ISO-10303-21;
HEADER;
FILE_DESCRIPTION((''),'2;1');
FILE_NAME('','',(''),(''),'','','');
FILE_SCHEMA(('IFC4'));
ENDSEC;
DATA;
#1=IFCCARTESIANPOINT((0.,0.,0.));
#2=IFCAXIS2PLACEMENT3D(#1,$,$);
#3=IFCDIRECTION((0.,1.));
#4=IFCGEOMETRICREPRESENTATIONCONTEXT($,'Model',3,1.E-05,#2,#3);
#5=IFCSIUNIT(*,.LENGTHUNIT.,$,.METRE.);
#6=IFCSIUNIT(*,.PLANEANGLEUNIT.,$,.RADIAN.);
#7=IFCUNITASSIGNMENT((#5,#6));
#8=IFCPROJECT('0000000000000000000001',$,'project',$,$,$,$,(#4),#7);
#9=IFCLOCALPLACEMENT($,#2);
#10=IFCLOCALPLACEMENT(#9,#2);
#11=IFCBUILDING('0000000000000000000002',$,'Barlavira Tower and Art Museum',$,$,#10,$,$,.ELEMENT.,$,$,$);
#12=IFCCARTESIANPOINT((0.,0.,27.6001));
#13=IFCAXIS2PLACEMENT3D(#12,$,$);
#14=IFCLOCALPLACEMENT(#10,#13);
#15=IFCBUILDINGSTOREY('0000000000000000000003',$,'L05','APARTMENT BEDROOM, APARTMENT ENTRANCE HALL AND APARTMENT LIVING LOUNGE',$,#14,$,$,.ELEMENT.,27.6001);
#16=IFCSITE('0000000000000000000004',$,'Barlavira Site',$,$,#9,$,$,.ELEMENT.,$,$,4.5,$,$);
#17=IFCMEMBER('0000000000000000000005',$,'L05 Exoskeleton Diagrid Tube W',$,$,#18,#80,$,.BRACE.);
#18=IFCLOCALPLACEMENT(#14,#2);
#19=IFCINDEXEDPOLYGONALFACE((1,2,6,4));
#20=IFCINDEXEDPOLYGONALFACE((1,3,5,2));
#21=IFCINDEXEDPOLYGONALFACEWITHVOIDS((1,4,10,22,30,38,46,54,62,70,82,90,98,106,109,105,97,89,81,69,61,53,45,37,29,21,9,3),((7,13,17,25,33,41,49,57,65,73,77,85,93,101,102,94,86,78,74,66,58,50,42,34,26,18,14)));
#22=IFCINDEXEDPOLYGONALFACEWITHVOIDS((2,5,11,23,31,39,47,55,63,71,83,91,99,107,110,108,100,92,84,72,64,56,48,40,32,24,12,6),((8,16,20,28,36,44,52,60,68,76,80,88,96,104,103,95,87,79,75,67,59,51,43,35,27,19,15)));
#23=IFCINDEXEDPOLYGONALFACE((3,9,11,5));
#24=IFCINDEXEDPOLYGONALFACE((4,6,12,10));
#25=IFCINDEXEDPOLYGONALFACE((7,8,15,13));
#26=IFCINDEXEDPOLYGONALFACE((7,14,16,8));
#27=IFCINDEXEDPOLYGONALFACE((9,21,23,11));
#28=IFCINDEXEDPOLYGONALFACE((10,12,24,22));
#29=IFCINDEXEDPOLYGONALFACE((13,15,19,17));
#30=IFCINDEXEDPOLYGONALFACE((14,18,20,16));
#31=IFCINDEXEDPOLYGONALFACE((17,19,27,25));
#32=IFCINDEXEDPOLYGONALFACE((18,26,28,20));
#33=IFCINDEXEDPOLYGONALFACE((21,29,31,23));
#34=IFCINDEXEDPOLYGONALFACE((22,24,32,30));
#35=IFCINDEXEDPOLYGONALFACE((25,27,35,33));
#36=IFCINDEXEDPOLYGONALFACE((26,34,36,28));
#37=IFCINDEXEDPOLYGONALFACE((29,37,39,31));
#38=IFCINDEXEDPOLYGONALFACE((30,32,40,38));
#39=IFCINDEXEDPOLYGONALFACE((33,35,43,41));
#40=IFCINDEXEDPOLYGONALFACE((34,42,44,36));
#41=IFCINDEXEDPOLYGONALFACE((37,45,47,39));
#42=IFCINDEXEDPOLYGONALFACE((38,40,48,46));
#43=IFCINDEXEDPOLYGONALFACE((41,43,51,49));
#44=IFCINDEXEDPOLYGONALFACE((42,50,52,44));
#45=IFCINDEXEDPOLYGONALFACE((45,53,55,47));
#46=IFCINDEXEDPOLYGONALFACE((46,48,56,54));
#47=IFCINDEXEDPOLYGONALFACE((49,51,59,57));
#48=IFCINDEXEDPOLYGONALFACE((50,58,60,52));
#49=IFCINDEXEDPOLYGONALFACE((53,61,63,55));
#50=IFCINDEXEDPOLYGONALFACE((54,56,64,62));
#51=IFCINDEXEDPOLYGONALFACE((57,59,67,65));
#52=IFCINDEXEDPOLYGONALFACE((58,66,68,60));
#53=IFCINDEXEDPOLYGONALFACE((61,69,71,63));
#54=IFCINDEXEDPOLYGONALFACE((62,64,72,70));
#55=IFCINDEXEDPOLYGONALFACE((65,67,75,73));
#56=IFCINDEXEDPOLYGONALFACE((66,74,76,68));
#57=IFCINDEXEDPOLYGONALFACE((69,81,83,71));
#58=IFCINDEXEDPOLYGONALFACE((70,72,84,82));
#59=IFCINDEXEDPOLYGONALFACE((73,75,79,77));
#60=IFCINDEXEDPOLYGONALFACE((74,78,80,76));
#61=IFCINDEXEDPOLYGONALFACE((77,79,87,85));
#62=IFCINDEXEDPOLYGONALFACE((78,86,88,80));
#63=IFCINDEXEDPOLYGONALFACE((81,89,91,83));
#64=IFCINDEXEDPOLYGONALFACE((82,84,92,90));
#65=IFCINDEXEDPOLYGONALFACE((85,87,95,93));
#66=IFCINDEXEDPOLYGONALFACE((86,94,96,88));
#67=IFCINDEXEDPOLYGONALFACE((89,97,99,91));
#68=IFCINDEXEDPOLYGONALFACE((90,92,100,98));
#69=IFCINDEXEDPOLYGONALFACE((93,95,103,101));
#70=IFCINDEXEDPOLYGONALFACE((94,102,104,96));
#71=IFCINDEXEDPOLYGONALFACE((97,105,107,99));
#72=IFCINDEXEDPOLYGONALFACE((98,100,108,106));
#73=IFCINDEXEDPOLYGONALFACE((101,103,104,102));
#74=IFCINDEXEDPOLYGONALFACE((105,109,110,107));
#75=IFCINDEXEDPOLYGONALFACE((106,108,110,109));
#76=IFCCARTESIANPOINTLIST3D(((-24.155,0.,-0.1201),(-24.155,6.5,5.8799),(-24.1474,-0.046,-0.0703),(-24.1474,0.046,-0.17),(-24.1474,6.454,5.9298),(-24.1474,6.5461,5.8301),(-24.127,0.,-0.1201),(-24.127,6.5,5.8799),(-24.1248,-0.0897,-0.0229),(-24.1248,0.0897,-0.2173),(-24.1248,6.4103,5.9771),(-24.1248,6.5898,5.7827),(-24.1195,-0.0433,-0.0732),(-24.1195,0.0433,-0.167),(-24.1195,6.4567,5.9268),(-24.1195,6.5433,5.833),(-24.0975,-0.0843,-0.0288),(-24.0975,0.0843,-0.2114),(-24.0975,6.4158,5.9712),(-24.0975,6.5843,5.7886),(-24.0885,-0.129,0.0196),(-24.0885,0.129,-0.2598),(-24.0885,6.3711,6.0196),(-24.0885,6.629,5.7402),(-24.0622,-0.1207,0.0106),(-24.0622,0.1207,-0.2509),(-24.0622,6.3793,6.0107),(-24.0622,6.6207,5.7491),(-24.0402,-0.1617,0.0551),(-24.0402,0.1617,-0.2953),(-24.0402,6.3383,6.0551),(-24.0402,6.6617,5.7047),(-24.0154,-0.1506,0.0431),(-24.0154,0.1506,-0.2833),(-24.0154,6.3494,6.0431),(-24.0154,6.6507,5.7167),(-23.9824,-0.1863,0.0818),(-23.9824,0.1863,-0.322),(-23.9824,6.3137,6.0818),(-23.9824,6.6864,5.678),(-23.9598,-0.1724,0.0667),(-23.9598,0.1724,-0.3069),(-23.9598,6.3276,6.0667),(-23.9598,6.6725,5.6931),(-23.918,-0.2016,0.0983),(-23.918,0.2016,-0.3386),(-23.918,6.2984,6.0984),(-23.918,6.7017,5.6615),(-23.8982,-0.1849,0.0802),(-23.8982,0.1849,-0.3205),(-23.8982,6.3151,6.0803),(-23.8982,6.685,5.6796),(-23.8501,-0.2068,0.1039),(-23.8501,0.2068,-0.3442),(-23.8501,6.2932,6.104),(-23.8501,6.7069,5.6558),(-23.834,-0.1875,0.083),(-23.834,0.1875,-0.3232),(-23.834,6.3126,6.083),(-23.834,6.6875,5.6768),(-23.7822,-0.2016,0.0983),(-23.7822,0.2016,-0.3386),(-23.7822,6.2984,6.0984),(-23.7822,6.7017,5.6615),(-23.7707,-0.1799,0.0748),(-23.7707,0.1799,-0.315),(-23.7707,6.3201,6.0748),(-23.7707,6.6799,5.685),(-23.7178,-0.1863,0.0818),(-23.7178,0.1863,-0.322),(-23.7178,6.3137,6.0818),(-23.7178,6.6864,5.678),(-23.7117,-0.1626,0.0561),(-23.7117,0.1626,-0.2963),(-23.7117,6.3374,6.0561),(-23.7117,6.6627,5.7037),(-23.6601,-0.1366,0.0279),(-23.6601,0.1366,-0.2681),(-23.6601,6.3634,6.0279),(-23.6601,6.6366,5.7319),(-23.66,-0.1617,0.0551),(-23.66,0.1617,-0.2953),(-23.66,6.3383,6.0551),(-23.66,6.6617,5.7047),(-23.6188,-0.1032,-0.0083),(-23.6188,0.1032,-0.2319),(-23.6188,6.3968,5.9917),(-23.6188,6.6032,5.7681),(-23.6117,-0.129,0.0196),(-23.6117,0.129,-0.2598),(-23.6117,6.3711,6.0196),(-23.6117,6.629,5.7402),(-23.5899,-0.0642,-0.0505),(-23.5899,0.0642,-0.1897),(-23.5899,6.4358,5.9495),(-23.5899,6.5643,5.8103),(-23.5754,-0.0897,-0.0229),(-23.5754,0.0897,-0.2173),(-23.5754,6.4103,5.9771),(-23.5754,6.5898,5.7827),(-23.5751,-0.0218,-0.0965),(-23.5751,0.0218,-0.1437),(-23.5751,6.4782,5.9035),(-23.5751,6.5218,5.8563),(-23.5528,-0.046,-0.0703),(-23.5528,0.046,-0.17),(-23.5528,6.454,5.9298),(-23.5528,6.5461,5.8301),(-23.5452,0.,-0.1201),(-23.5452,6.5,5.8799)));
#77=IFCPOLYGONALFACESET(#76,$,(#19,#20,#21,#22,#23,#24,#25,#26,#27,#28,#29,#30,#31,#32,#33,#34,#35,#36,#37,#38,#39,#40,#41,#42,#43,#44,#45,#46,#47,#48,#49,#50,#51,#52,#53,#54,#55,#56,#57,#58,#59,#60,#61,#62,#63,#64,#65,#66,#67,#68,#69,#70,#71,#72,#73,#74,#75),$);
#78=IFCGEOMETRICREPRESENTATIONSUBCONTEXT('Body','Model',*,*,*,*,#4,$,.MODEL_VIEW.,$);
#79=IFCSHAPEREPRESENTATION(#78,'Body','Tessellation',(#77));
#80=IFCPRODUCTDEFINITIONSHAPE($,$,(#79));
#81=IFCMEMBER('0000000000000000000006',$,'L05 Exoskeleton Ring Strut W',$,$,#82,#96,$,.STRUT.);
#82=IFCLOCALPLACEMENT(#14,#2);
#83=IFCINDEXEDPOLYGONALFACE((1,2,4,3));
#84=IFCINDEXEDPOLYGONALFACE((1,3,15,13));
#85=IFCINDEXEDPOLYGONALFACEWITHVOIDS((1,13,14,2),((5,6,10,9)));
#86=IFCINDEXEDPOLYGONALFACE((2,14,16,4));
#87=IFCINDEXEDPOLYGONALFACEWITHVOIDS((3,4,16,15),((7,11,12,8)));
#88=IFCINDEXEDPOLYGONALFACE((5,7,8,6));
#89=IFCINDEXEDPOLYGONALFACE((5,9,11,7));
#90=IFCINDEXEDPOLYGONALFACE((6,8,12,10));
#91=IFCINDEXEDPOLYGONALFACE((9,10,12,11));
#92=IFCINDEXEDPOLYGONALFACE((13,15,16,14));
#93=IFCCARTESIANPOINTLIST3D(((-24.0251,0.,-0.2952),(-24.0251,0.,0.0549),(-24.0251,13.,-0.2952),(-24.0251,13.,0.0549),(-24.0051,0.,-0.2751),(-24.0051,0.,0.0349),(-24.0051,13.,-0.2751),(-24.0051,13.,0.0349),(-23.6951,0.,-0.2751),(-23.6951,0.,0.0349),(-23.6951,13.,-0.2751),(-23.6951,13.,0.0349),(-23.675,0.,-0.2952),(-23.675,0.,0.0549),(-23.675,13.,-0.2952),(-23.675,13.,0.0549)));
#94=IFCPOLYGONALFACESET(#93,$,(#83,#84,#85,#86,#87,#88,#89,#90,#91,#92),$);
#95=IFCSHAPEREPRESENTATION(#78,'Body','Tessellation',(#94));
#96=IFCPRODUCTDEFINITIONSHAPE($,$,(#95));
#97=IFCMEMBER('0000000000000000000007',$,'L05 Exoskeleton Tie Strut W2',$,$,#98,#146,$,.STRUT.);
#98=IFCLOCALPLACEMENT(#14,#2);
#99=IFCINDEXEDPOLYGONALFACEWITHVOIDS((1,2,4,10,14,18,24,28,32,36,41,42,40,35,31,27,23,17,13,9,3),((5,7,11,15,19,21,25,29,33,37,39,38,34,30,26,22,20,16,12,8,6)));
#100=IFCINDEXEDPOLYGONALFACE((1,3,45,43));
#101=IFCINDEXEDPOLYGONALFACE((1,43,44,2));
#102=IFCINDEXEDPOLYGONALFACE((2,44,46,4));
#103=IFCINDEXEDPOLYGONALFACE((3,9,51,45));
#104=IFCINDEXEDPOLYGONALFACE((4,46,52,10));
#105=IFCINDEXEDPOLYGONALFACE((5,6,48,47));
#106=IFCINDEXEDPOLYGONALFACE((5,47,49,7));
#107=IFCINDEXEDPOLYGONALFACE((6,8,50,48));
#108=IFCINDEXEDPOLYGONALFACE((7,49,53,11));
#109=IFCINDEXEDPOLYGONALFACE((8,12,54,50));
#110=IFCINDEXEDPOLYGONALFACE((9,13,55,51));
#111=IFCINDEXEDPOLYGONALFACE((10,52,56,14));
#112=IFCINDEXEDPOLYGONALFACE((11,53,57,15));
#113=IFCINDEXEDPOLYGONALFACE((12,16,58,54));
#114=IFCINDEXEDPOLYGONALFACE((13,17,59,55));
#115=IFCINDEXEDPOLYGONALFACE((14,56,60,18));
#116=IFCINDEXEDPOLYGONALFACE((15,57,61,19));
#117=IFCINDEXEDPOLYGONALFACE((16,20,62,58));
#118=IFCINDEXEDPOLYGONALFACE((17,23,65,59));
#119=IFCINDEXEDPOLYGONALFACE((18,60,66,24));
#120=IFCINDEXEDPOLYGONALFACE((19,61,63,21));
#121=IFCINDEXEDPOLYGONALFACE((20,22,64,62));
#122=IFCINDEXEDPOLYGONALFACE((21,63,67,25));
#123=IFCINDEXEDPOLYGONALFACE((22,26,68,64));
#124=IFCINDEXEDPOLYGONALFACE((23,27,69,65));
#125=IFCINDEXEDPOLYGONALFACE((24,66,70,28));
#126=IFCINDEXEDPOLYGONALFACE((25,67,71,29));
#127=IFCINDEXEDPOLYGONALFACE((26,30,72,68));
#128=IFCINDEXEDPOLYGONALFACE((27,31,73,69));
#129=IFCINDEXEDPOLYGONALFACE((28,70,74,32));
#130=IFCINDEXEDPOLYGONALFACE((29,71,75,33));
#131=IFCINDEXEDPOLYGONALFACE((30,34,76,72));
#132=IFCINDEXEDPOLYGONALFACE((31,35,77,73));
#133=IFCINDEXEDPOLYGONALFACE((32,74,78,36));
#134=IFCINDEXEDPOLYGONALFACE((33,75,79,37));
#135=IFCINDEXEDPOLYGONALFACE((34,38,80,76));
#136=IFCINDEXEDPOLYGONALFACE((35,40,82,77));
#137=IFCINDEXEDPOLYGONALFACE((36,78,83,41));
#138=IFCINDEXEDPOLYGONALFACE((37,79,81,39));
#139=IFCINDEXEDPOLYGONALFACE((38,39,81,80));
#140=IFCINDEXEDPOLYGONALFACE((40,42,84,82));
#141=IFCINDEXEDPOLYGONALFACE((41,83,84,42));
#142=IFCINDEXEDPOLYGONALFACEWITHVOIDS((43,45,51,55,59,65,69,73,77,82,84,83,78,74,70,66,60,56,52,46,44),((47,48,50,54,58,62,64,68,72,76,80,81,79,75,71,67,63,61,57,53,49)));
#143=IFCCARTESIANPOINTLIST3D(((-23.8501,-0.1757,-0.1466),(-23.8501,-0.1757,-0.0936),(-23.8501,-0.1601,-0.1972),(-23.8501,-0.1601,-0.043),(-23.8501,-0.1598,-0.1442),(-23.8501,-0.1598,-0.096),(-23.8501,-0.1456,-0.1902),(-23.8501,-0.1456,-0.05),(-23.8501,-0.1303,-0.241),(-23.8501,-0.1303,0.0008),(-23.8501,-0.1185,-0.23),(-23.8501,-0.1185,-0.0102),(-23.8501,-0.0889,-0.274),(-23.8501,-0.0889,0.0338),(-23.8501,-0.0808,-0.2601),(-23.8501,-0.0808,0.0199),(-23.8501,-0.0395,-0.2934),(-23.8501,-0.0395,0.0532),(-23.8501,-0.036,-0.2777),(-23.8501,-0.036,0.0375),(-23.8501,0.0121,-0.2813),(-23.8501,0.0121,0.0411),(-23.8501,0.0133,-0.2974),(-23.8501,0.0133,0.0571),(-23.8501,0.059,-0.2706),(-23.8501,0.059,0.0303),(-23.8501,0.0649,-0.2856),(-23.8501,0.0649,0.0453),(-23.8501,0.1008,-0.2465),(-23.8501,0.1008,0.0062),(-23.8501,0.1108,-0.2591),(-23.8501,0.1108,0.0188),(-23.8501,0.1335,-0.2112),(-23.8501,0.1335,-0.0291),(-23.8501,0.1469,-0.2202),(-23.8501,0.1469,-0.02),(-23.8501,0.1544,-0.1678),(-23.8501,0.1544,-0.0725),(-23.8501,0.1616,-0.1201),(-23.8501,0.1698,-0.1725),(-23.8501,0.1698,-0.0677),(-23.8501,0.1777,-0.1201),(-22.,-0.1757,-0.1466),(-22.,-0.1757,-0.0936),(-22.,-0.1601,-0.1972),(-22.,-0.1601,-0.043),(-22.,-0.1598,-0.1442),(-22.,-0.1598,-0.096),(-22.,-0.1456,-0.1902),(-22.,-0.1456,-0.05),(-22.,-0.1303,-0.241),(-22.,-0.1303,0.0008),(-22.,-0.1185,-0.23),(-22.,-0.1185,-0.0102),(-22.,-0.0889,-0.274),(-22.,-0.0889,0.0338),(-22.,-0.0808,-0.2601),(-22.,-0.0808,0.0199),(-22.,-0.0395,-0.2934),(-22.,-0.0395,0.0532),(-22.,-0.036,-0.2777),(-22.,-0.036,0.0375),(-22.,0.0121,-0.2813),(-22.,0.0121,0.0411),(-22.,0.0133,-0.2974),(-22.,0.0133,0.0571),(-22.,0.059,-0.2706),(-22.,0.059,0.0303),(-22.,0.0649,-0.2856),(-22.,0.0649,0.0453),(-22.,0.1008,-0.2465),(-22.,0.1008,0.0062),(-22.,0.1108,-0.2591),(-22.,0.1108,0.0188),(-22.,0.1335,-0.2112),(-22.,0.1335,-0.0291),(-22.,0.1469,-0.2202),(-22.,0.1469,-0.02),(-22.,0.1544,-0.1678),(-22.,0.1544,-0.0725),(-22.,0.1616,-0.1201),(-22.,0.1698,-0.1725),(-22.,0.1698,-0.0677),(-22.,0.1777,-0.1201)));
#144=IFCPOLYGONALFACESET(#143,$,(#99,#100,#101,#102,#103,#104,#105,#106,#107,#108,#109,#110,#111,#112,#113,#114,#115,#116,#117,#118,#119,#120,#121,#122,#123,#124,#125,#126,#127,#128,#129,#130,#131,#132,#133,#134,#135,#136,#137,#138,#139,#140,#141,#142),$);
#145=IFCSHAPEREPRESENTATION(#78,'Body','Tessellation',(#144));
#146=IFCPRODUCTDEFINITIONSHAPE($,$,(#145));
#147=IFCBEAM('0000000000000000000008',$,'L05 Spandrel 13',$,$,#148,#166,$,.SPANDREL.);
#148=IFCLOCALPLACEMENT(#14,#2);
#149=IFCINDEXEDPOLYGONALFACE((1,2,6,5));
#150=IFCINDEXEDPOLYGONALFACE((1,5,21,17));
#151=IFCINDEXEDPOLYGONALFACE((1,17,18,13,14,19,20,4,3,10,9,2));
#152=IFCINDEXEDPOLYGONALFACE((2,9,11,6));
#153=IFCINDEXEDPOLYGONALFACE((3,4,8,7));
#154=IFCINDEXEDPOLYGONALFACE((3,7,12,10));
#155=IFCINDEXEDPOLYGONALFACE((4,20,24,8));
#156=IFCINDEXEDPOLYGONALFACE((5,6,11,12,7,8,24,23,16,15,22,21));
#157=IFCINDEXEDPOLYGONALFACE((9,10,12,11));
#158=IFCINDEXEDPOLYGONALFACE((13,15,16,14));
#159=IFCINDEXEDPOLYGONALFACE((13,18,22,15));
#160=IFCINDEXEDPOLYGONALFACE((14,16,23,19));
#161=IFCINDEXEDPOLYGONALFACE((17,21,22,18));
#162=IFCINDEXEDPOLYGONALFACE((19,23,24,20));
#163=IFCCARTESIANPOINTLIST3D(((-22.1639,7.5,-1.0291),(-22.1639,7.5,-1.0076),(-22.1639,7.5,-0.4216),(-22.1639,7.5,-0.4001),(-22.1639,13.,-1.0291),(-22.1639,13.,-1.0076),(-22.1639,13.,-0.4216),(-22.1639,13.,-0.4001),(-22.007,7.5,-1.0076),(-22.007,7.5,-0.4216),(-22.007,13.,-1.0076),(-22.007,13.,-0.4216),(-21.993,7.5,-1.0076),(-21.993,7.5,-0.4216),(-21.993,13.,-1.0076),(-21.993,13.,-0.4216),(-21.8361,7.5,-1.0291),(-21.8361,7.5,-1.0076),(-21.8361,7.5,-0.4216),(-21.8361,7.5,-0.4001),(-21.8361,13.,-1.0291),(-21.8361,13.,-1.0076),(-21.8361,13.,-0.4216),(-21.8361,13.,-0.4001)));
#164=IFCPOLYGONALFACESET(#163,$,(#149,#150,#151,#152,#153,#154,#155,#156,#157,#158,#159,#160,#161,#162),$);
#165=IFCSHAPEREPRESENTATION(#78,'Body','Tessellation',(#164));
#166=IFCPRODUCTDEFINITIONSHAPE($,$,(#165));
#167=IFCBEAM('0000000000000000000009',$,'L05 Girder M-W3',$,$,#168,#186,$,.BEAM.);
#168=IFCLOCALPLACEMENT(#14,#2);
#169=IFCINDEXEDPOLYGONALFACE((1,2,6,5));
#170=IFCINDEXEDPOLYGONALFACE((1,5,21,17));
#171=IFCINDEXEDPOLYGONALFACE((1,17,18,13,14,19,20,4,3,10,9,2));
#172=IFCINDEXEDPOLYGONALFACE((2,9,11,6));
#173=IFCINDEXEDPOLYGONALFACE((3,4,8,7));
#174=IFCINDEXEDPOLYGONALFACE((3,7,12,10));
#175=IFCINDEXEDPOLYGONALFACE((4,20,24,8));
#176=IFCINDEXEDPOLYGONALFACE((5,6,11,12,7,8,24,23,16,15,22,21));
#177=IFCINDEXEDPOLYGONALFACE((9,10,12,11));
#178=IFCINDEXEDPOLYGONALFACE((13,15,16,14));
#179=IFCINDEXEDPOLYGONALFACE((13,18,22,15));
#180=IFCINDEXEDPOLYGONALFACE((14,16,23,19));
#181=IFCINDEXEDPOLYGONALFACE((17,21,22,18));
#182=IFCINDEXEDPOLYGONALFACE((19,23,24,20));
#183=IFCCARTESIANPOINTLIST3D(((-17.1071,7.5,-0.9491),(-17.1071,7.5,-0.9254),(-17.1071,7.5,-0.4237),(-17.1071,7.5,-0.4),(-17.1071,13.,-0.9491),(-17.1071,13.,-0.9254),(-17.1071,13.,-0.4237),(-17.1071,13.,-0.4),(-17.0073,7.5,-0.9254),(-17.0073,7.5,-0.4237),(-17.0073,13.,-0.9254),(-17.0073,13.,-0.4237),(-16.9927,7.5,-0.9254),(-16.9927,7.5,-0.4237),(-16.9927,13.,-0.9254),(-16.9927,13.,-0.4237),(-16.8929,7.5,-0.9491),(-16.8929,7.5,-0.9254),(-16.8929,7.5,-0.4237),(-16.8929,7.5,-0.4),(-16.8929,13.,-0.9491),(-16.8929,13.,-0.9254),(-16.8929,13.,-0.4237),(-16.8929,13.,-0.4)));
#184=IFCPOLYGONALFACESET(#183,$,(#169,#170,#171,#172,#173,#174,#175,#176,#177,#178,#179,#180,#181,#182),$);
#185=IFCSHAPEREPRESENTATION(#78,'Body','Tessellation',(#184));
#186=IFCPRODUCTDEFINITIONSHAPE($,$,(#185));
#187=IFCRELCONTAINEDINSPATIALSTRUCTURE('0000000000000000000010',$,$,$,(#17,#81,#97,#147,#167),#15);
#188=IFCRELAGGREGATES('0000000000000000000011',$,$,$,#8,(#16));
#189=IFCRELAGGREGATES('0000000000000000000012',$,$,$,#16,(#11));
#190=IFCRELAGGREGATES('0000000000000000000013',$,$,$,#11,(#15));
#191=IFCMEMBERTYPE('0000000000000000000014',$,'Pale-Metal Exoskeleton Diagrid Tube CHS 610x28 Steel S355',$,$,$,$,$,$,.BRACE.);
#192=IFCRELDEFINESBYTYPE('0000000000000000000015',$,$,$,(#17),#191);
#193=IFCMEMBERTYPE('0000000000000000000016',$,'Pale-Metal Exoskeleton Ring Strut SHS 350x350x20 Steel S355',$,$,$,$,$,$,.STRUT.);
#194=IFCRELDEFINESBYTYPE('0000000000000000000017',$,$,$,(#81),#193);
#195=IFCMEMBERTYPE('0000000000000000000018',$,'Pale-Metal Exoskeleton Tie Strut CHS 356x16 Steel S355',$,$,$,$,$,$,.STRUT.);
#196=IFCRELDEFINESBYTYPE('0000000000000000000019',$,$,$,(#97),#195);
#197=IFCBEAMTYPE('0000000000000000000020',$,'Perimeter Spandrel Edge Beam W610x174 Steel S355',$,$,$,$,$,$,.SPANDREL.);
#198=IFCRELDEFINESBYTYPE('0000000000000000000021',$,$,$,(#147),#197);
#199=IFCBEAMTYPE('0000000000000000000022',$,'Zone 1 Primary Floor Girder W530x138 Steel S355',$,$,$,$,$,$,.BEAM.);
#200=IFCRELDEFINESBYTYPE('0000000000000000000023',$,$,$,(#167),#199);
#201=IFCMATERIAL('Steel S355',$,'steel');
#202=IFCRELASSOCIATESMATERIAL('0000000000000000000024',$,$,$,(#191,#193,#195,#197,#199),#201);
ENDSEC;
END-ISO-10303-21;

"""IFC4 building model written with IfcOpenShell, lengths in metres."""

from ifc_helpers import new_model, si_unit, direction, frame, origin, origin_2d, place, context, subcontext, project, spatial, hollow_rectangle, hollow_circle, i_section, extrude, material, material_profile, profile_set, type_object, element, save


model = new_model("IFC4")

# Units and contexts
model_context = context("Model", 3, precision=1e-05, world=origin(), true_north=direction((0.0, 1.0)))
body_context = subcontext(model_context, "Body", "Model", "MODEL_VIEW")
ifc_project = project(units=[si_unit("LENGTHUNIT", "METRE"), si_unit("PLANEANGLEUNIT", "RADIAN")], contexts=[model_context])

# Site, building, storey
site_placement = place(None, origin())
site = spatial("IfcSite", under=ifc_project, at=site_placement, Name="Barlavira Site", CompositionType="ELEMENT", RefElevation=4.5)
building_placement = place(site_placement, origin())
building = spatial("IfcBuilding", under=site, at=building_placement, Name="Barlavira Tower and Art Museum", CompositionType="ELEMENT")
storey_placement = place(building_placement, frame((0.0, 0.0, 27.6001)))
storey = spatial("IfcBuildingStorey", under=building, at=storey_placement, Name="L05", Description="APARTMENT BEDROOM, APARTMENT ENTRANCE HALL AND APARTMENT LIVING LOUNGE", CompositionType="ELEMENT", Elevation=27.6001)

# Members
ifc_material_1 = material(Name="Steel S355", Category="steel")
ifc_material_profile_1 = material_profile(ifc_material_1, hollow_circle(Radius=0.3049, WallThickness=0.0281, at=origin_2d()), Name="CHS 610.0x28.0")
ifc_profile_set_1 = profile_set([ifc_material_profile_1], Name="Steel S355")
member_type_1 = type_object("IfcMemberType", Name="Pale-Metal Exoskeleton Diagrid Tube CHS 610x28 Steel S355", PredefinedType="BRACE", material=ifc_profile_set_1)
member_1_placement = place(storey_placement, frame((-23.8501, 0.0, -0.1201), z_axis=(0.0, 0.734803, 0.67828), x_axis=(-1.0, 0.0, 0.0)))
element("IfcMember", 1, at=member_1_placement, inside=storey, type_object=member_type_1, Name="L05 Exoskeleton Diagrid Tube W", PredefinedType="BRACE", context=body_context, shape_type="SweptSolid", body=[
    extrude(hollow_circle(Radius=0.3049, WallThickness=0.0281, at=origin_2d()), origin(), (0.0, 0.0, 1.0), 8.8459),
])
ifc_material_profile_2 = material_profile(ifc_material_1, hollow_rectangle(XDim=0.3501, YDim=0.3501, WallThickness=0.02, at=origin_2d()), Name="SHS 350x350x20.0")
ifc_profile_set_2 = profile_set([ifc_material_profile_2], Name="Steel S355")
member_type_2 = type_object("IfcMemberType", Name="Pale-Metal Exoskeleton Ring Strut SHS 350x350x20 Steel S355", PredefinedType="STRUT", material=ifc_profile_set_2)
member_2_placement = place(storey_placement, frame((-23.8501, 0.0, -0.1201), z_axis=(0.0, 1.0, 0.0), x_axis=(-1.0, 0.0, 0.0)))
element("IfcMember", 2, at=member_2_placement, inside=storey, type_object=member_type_2, Name="L05 Exoskeleton Ring Strut W", PredefinedType="STRUT", context=body_context, shape_type="SweptSolid", body=[
    extrude(hollow_rectangle(XDim=0.3501, YDim=0.3501, WallThickness=0.02, at=origin_2d()), origin(), (0.0, 0.0, 1.0), 13.0),
])
ifc_material_profile_3 = material_profile(ifc_material_1, hollow_circle(Radius=0.1777, WallThickness=0.0161, at=origin_2d()), Name="CHS 355.6x16.0")
ifc_profile_set_3 = profile_set([ifc_material_profile_3], Name="Steel S355")
member_type_3 = type_object("IfcMemberType", Name="Pale-Metal Exoskeleton Tie Strut CHS 356x16 Steel S355", PredefinedType="STRUT", material=ifc_profile_set_3)
member_3_placement = place(storey_placement, frame((-23.8501, 0.0, -0.1201), z_axis=(1.0, 0.0, 0.0), x_axis=(0.0, 1.0, 0.0)))
element("IfcMember", 3, at=member_3_placement, inside=storey, type_object=member_type_3, Name="L05 Exoskeleton Tie Strut W2", PredefinedType="STRUT", context=body_context, shape_type="SweptSolid", body=[
    extrude(hollow_circle(Radius=0.1777, WallThickness=0.0161, at=origin_2d()), origin(), (0.0, 0.0, 1.0), 1.8501),
])

# Beams
ifc_material_profile_4 = material_profile(ifc_material_1, i_section(OverallWidth=0.3279, OverallDepth=0.6289, WebThickness=0.0139, FlangeThickness=0.0215, at=origin_2d()), Name="W610x174.0")
ifc_profile_set_4 = profile_set([ifc_material_profile_4], Name="Steel S355")
beam_type_1 = type_object("IfcBeamType", Name="Perimeter Spandrel Edge Beam W610x174 Steel S355", PredefinedType="SPANDREL", material=ifc_profile_set_4)
beam_1_placement = place(storey_placement, frame((-22.0, 7.5, -0.7146), z_axis=(0.0, 1.0, 0.0), x_axis=(-1.0, 0.0, 0.0)))
element("IfcBeam", 4, at=beam_1_placement, inside=storey, type_object=beam_type_1, Name="L05 Spandrel 13", PredefinedType="SPANDREL", context=body_context, shape_type="SweptSolid", body=[
    extrude(i_section(OverallWidth=0.3279, OverallDepth=0.6289, WebThickness=0.0139, FlangeThickness=0.0215, at=origin_2d()), origin(), (0.0, 0.0, 1.0), 5.5),
])
ifc_material_profile_5 = material_profile(ifc_material_1, i_section(OverallWidth=0.2141, OverallDepth=0.5491, WebThickness=0.0146, FlangeThickness=0.0237, at=origin_2d()), Name="W530x138.0")
ifc_profile_set_5 = profile_set([ifc_material_profile_5], Name="Steel S355")
beam_type_2 = type_object("IfcBeamType", Name="Zone 1 Primary Floor Girder W530x138 Steel S355", PredefinedType="BEAM", material=ifc_profile_set_5)
beam_2_placement = place(storey_placement, frame((-17.0, 7.5, -0.6746), z_axis=(0.0, 1.0, 0.0), x_axis=(-1.0, 0.0, 0.0)))
element("IfcBeam", 5, at=beam_2_placement, inside=storey, type_object=beam_type_2, Name="L05 Girder M-W3", PredefinedType="BEAM", context=body_context, shape_type="SweptSolid", body=[
    extrude(i_section(OverallWidth=0.2141, OverallDepth=0.5491, WebThickness=0.0146, FlangeThickness=0.0237, at=origin_2d()), origin(), (0.0, 0.0, 1.0), 5.5),
])

save(model, "model.ifc")
